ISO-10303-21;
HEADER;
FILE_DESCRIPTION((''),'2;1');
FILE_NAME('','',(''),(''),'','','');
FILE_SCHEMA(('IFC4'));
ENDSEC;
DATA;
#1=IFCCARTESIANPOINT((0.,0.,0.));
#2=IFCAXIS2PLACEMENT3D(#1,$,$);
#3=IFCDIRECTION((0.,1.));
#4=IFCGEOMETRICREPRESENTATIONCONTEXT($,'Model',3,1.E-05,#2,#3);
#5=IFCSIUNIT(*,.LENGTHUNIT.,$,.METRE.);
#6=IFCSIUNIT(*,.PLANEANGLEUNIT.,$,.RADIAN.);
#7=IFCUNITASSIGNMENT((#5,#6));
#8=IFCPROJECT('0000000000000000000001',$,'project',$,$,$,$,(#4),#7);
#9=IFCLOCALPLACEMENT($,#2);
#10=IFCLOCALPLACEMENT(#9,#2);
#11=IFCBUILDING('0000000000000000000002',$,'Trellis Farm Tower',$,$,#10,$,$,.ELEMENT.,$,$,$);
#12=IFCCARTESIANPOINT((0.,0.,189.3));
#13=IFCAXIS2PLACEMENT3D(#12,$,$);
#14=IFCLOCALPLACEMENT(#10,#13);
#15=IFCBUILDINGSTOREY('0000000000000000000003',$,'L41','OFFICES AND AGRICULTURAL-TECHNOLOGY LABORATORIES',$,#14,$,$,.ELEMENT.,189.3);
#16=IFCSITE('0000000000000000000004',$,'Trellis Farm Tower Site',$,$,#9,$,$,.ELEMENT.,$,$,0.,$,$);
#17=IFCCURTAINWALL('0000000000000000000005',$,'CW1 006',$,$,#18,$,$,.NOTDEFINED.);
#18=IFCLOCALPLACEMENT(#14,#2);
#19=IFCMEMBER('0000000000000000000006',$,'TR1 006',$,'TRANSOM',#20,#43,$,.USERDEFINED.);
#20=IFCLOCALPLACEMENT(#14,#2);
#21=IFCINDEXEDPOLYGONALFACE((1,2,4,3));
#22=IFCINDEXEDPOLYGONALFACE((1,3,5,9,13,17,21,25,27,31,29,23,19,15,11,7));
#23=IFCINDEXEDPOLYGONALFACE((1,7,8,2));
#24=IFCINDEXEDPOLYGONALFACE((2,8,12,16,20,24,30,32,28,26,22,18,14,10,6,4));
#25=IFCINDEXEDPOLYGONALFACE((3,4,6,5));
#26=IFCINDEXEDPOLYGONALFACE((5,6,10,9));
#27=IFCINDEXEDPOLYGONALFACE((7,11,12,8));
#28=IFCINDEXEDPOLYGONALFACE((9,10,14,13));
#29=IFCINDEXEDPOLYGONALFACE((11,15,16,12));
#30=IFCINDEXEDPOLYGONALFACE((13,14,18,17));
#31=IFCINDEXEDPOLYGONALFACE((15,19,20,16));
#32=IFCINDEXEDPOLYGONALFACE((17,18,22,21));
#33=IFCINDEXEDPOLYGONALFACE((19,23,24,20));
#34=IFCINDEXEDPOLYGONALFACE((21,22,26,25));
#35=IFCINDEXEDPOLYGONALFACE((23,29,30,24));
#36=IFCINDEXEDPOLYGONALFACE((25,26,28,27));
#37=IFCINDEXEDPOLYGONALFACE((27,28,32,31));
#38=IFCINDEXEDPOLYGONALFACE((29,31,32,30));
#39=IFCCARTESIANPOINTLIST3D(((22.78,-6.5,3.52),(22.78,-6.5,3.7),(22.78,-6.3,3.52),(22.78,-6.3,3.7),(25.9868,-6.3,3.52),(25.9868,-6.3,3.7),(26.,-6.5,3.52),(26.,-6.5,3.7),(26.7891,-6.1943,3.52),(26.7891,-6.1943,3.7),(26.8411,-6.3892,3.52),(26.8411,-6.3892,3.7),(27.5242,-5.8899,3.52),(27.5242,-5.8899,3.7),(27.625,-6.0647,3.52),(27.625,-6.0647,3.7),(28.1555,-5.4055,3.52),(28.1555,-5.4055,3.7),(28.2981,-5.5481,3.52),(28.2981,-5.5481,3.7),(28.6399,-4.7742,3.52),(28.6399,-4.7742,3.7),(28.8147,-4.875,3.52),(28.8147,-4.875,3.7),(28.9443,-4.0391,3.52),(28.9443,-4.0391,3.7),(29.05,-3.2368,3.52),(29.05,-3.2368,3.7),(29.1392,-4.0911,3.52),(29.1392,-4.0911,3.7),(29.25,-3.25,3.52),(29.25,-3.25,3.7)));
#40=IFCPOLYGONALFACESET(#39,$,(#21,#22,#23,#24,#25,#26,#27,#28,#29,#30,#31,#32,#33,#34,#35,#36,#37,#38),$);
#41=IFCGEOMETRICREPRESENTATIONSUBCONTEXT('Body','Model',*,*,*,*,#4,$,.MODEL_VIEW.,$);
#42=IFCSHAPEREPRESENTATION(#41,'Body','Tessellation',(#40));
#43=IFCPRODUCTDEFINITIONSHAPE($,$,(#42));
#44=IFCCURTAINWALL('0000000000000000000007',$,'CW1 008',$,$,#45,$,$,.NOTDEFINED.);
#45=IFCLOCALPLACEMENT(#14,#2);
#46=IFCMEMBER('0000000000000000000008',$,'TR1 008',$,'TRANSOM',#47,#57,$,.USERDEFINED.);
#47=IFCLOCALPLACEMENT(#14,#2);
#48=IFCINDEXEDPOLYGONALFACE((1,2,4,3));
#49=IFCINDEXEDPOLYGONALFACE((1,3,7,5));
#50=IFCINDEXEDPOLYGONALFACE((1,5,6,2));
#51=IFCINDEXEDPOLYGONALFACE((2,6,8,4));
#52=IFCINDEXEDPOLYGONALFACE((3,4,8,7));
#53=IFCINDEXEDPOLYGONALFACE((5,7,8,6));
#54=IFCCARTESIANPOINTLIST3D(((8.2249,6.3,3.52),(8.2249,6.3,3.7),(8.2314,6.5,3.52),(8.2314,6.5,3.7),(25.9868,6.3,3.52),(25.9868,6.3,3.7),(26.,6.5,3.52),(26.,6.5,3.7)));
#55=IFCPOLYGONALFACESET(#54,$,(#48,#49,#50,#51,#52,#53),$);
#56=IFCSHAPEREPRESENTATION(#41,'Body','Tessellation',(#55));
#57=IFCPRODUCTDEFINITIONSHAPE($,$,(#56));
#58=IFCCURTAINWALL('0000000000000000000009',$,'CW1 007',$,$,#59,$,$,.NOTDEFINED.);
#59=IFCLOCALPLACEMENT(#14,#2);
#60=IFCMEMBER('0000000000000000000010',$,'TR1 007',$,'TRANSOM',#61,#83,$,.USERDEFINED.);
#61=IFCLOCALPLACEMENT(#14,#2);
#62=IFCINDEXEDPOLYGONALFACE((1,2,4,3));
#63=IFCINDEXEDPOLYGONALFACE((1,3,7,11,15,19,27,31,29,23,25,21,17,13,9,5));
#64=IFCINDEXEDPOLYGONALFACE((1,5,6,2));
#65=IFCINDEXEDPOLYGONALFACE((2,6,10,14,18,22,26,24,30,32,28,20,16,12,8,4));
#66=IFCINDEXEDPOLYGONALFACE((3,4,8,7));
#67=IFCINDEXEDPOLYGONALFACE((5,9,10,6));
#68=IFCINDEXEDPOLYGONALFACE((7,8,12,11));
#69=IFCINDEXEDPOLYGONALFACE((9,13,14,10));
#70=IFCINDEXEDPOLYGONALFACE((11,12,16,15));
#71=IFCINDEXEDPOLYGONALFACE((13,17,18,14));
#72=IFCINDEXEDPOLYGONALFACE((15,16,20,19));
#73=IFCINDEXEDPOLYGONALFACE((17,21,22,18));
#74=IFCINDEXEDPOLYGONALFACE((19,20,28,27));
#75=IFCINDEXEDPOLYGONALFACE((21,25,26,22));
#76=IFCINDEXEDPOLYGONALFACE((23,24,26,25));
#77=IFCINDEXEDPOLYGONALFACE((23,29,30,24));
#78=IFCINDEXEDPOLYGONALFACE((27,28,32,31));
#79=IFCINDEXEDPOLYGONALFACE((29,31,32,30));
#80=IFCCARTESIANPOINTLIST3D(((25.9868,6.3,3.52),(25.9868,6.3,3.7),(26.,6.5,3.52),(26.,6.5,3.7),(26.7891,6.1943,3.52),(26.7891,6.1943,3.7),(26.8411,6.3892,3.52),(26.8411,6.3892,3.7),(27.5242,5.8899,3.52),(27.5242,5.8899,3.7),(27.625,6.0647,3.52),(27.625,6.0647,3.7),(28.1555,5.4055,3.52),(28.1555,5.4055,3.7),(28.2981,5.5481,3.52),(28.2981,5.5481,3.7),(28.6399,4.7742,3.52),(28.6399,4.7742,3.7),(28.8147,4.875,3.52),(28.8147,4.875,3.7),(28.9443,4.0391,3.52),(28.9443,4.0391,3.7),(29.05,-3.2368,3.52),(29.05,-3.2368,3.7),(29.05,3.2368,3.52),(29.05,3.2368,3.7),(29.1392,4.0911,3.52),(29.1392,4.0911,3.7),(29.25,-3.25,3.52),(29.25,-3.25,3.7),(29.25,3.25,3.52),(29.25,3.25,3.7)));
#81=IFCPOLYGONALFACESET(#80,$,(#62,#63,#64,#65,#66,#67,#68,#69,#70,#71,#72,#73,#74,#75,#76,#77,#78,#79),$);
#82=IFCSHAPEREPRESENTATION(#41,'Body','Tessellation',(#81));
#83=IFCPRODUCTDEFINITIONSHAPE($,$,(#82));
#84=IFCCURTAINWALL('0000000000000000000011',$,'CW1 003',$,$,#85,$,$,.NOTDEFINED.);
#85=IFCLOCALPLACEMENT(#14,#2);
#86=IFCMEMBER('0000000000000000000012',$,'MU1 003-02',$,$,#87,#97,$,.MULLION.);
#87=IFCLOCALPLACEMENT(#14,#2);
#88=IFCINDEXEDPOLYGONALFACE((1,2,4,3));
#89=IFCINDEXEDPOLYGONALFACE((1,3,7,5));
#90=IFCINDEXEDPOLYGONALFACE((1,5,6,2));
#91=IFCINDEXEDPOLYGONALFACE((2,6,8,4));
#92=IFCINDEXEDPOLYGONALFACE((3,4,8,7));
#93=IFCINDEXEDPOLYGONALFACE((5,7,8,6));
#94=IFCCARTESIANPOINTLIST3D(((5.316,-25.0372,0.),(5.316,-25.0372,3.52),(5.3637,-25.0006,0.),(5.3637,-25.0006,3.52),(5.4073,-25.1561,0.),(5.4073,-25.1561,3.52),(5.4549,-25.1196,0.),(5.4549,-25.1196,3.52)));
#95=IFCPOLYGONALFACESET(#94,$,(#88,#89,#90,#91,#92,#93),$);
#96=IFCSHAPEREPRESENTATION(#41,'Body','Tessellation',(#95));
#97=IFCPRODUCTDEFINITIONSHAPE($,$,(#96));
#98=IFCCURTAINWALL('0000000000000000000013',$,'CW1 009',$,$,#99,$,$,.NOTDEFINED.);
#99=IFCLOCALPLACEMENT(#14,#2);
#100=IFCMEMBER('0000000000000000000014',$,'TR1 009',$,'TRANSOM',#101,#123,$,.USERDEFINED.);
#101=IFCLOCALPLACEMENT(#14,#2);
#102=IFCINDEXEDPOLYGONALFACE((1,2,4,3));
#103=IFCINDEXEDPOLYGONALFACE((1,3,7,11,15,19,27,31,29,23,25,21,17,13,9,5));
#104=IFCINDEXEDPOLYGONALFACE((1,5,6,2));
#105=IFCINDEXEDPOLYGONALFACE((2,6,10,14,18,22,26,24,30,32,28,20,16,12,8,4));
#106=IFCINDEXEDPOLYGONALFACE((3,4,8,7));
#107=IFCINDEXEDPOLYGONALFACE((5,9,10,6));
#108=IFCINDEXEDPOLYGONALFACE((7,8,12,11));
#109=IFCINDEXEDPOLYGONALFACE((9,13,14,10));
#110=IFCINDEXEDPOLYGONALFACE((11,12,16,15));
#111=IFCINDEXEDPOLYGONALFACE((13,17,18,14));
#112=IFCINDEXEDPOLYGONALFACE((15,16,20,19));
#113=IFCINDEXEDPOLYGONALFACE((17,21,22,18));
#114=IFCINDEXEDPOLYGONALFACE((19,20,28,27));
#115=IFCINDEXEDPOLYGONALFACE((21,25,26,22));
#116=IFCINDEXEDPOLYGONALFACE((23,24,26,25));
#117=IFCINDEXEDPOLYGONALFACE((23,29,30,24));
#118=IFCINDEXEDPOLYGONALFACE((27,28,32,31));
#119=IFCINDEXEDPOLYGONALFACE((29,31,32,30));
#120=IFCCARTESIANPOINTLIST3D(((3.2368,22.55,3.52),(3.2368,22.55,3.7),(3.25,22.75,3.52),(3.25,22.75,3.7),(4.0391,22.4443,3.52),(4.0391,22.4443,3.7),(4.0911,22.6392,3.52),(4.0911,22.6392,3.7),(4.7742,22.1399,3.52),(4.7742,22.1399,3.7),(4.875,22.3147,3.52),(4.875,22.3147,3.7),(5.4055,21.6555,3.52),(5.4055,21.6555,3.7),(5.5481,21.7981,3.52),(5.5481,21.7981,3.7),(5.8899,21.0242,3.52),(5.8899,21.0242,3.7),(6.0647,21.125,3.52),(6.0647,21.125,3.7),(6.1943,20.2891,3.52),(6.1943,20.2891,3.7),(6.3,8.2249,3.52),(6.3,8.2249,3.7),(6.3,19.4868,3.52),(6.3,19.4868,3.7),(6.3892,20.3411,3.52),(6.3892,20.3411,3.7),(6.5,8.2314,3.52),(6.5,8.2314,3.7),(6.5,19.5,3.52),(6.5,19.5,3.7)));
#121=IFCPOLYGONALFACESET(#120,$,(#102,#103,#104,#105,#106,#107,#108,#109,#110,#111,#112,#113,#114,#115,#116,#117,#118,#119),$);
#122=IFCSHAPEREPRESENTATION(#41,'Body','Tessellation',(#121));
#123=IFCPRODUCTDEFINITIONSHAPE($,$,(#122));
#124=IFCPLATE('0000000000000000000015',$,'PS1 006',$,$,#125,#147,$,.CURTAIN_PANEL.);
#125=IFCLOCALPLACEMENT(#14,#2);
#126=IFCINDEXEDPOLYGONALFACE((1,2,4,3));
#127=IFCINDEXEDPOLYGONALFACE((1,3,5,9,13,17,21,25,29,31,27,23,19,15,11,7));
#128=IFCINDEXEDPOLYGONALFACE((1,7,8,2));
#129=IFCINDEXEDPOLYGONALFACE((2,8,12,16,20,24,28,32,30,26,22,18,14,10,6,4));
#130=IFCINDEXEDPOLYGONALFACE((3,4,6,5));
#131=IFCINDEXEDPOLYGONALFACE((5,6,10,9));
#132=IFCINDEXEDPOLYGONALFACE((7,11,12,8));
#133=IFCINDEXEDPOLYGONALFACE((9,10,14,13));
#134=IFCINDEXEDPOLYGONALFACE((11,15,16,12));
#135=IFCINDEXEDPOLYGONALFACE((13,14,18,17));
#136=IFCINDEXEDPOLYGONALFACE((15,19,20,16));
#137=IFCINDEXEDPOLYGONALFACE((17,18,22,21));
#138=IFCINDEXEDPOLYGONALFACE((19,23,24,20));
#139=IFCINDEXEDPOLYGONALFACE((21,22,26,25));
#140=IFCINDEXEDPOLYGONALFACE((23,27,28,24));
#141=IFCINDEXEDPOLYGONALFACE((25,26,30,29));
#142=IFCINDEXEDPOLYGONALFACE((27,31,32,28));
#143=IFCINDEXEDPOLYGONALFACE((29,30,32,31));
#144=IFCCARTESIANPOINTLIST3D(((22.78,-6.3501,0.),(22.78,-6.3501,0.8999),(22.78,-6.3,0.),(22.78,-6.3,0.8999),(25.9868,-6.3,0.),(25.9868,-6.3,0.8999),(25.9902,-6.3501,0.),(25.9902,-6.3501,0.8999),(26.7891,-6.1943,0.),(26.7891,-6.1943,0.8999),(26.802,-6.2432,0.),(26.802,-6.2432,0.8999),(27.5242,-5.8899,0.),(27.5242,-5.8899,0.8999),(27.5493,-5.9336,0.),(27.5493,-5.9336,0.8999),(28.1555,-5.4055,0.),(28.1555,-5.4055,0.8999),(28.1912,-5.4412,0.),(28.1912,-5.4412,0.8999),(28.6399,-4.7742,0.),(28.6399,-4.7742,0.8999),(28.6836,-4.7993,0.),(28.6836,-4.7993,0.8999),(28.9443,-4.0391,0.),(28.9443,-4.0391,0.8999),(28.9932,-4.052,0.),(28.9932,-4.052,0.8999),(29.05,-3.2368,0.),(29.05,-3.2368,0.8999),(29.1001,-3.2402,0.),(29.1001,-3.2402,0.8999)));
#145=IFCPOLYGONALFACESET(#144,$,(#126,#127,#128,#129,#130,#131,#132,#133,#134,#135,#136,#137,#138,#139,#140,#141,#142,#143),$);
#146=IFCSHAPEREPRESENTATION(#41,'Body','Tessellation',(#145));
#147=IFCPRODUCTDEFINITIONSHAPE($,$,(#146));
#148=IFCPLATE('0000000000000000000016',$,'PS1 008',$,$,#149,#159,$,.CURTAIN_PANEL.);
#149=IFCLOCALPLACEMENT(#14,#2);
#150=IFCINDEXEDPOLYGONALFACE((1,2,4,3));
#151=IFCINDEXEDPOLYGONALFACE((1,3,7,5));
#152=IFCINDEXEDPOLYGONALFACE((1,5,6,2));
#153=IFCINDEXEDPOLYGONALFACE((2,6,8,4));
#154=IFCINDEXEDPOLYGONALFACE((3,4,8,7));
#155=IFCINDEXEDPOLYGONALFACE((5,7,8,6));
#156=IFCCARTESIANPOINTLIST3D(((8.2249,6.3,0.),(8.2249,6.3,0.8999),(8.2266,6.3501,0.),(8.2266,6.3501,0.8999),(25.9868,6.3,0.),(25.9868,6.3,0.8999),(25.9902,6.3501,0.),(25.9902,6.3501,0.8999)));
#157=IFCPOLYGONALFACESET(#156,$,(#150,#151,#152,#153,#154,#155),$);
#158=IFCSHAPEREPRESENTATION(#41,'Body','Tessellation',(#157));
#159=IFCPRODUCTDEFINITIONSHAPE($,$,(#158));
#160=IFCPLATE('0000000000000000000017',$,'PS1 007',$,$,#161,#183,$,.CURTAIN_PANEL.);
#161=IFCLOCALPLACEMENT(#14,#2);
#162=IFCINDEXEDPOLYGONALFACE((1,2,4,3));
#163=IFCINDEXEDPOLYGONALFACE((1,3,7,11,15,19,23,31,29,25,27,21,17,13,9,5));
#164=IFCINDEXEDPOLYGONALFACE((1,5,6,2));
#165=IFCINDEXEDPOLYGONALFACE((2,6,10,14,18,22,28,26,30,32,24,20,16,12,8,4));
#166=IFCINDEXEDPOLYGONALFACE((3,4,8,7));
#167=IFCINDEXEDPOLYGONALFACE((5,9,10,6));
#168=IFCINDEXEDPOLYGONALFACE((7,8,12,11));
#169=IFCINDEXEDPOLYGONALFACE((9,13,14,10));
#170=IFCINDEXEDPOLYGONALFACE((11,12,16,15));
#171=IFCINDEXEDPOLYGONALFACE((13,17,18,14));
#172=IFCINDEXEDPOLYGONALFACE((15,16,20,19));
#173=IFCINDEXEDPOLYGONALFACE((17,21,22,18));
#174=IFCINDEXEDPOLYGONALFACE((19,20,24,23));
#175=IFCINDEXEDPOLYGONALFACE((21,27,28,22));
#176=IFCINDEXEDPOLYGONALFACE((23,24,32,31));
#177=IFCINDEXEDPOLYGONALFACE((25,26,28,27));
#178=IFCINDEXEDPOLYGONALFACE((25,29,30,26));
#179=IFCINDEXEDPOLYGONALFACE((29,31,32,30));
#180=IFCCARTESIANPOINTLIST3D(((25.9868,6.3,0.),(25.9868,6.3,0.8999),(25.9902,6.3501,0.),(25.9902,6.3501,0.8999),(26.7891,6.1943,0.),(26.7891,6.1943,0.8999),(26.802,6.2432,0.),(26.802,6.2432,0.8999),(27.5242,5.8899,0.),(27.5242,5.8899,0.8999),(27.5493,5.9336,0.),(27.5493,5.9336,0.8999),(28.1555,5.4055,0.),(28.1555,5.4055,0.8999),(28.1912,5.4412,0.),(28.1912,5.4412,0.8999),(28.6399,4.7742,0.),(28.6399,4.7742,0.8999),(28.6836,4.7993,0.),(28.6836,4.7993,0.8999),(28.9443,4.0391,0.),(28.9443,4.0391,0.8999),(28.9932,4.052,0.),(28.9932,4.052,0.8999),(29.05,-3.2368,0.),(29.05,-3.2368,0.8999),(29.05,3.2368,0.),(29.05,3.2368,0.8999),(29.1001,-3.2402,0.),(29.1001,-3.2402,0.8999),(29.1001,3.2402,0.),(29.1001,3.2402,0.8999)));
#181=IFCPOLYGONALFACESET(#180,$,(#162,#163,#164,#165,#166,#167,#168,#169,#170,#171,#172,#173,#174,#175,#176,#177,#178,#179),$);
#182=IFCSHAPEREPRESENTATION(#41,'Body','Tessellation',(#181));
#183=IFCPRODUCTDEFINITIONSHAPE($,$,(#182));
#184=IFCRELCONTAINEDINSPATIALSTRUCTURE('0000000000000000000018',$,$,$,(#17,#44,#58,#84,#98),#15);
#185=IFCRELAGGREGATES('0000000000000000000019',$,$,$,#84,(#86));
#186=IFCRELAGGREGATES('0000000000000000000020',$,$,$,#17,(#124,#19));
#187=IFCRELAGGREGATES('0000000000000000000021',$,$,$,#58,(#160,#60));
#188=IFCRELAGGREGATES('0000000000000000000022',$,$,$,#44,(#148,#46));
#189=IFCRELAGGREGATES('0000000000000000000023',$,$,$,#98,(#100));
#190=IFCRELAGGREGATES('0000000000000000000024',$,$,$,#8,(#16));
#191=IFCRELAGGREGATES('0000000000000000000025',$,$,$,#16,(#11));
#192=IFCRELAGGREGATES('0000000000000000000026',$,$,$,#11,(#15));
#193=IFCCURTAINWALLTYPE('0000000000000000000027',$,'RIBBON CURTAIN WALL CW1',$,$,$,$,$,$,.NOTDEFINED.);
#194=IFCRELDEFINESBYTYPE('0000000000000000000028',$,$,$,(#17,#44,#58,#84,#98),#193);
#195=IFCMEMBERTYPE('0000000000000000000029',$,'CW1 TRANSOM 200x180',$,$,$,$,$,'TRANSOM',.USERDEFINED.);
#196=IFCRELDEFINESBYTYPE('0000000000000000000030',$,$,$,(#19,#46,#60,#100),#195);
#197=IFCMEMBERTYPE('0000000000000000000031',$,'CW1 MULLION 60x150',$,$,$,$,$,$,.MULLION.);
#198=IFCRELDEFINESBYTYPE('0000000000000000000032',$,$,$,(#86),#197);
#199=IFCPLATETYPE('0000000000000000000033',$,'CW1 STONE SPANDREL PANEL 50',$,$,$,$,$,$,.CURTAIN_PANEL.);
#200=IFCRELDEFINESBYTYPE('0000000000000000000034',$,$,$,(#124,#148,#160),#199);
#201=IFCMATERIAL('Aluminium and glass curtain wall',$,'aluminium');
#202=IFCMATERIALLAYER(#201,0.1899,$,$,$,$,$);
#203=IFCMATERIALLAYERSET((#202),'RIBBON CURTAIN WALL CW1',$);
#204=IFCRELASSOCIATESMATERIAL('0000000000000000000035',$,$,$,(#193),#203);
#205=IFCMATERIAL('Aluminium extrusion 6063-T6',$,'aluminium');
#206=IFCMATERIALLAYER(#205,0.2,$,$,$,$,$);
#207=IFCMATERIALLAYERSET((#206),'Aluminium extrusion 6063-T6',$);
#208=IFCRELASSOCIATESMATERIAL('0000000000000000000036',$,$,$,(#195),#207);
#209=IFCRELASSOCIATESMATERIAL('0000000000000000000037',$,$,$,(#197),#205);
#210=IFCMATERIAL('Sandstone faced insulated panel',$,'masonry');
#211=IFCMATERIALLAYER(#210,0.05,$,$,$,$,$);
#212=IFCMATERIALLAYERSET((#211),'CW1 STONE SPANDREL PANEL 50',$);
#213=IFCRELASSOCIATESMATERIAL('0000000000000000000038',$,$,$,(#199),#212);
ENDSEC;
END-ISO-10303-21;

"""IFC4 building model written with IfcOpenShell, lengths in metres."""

from ifc_helpers import new_model, si_unit, direction, frame, origin, origin_2d, place, context, subcontext, project, spatial, polyline, rectangle, outline, extrude, source, transform, mapped, material, layer, layer_set, material_profile, profile_set, type_object, element, aggregate, save


model = new_model("IFC4")

# Units and contexts
model_context = context("Model", 3, precision=1e-05, world=origin(), true_north=direction((0.0, 1.0)))
body_context = subcontext(model_context, "Body", "Model", "MODEL_VIEW")
ifc_project = project(units=[si_unit("LENGTHUNIT", "METRE"), si_unit("PLANEANGLEUNIT", "RADIAN")], contexts=[model_context])

# Site, building, storey
site_placement = place(None, origin())
site = spatial("IfcSite", under=ifc_project, at=site_placement, Name="Trellis Farm Tower Site", CompositionType="ELEMENT", RefElevation=0.0)
building_placement = place(site_placement, origin())
building = spatial("IfcBuilding", under=site, at=building_placement, Name="Trellis Farm Tower", CompositionType="ELEMENT")
storey_placement = place(building_placement, frame((0.0, 0.0, 189.3)))
storey = spatial("IfcBuildingStorey", under=building, at=storey_placement, Name="L41", Description="OFFICES AND AGRICULTURAL-TECHNOLOGY LABORATORIES", CompositionType="ELEMENT", Elevation=189.3)

# Curtain walls, members
ifc_material_1 = material(Name="Aluminium and glass curtain wall", Category="aluminium")
placement_1 = place(storey_placement, origin())
ifc_material_2 = material(Name="Aluminium extrusion 6063-T6", Category="aluminium")
ifc_layer_1 = layer(ifc_material_1, 0.1899)
ifc_layer_set_1 = layer_set([ifc_layer_1], Name="RIBBON CURTAIN WALL CW1")
curtain_wall_type_1 = type_object("IfcCurtainWallType", Name="RIBBON CURTAIN WALL CW1", PredefinedType="NOTDEFINED", material=ifc_layer_set_1)
curtain_wall_1 = element("IfcCurtainWall", 1, at=placement_1, inside=storey, type_object=curtain_wall_type_1, Name="CW1 006", PredefinedType="NOTDEFINED")
ifc_layer_2 = layer(ifc_material_2, 0.2)
ifc_layer_set_2 = layer_set([ifc_layer_2], Name="Aluminium extrusion 6063-T6")
member_type_1 = type_object("IfcMemberType", Name="CW1 TRANSOM 200x180", ElementType="TRANSOM", PredefinedType="USERDEFINED", material=ifc_layer_set_2)
shared_shape_1 = source(origin(), body_context, "Body", "SweptSolid", [
    extrude(outline(polyline([(22.78, -6.5), (26.0, -6.5), (26.8411, -6.3892), (27.625, -6.0647), (28.2981, -5.5481), (28.8147, -4.875), (29.1392, -4.0911), (29.25, -3.25), (29.05, -3.2368), (28.9443, -4.0391), (28.6399, -4.7742), (28.1555, -5.4055), (27.5242, -5.8899), (26.7891, -6.1943), (25.9868, -6.3), (22.78, -6.3), (22.78, -6.5)])), origin(), (0.0, 0.0, 1.0), 0.1799),
])
placement_2 = place(storey_placement, frame((0.0, 0.0, 3.52)))
member_1 = element("IfcMember", 2, at=placement_2, type_object=member_type_1, Name="TR1 006", ObjectType="TRANSOM", PredefinedType="USERDEFINED", context=body_context, shape_type="MappedRepresentation", body=[
    mapped(shared_shape_1, transform((0.0, 0.0, 0.0))),
])
curtain_wall_2 = element("IfcCurtainWall", 3, at=placement_1, inside=storey, type_object=curtain_wall_type_1, Name="CW1 008", PredefinedType="NOTDEFINED")
shared_shape_2 = source(origin(), body_context, "Body", "SweptSolid", [
    extrude(outline(polyline([(26.0, 6.5), (8.2314, 6.5), (8.2249, 6.3), (25.9868, 6.3), (26.0, 6.5)])), origin(), (0.0, 0.0, 1.0), 0.1799),
])
member_2 = element("IfcMember", 4, at=placement_2, type_object=member_type_1, Name="TR1 008", ObjectType="TRANSOM", PredefinedType="USERDEFINED", context=body_context, shape_type="MappedRepresentation", body=[
    mapped(shared_shape_2, transform((0.0, 0.0, 0.0))),
])
curtain_wall_3 = element("IfcCurtainWall", 5, at=placement_1, inside=storey, type_object=curtain_wall_type_1, Name="CW1 007", PredefinedType="NOTDEFINED")
shared_shape_3 = source(origin(), body_context, "Body", "SweptSolid", [
    extrude(outline(polyline([(29.25, -3.25), (29.25, 3.25), (29.1392, 4.0911), (28.8147, 4.875), (28.2981, 5.5481), (27.625, 6.0647), (26.8411, 6.3892), (26.0, 6.5), (25.9868, 6.3), (26.7891, 6.1943), (27.5242, 5.8899), (28.1555, 5.4055), (28.6399, 4.7742), (28.9443, 4.0391), (29.05, 3.2368), (29.05, -3.2368), (29.25, -3.25)])), origin(), (0.0, 0.0, 1.0), 0.1799),
])
member_3 = element("IfcMember", 6, at=placement_2, type_object=member_type_1, Name="TR1 007", ObjectType="TRANSOM", PredefinedType="USERDEFINED", context=body_context, shape_type="MappedRepresentation", body=[
    mapped(shared_shape_3, transform((0.0, 0.0, 0.0))),
])
curtain_wall_4 = element("IfcCurtainWall", 7, at=placement_1, inside=storey, type_object=curtain_wall_type_1, Name="CW1 003", PredefinedType="NOTDEFINED")
ifc_material_profile_1 = material_profile(ifc_material_2, rectangle(XDim=0.0601, YDim=0.1499, at=origin_2d()), Name="MULLION 60x150")
ifc_profile_set_1 = profile_set([ifc_material_profile_1], Name="Aluminium extrusion 6063-T6")
member_type_2 = type_object("IfcMemberType", Name="CW1 MULLION 60x150", PredefinedType="MULLION", material=ifc_profile_set_1)
shared_shape_4 = source(origin(), body_context, "Body", "SweptSolid", [
    extrude(rectangle(XDim=0.0601, YDim=0.1499, at=origin_2d()), origin(), (0.0, 0.0, 1.0), 3.52),
])
member_4_placement = place(storey_placement, frame((5.3855, -25.0784, 0.0), z_axis=(0.0, 0.0, 1.0), x_axis=(0.793353, 0.608761, 0.0)))
member_4 = element("IfcMember", 8, at=member_4_placement, type_object=member_type_2, Name="MU1 003-02", PredefinedType="MULLION", context=body_context, shape_type="MappedRepresentation", body=[
    mapped(shared_shape_4, transform((0.0, 0.0, 0.0))),
])
aggregate(curtain_wall_4, [member_4])
curtain_wall_5 = element("IfcCurtainWall", 9, at=placement_1, inside=storey, type_object=curtain_wall_type_1, Name="CW1 009", PredefinedType="NOTDEFINED")
shared_shape_5 = source(origin(), body_context, "Body", "SweptSolid", [
    extrude(outline(polyline([(6.5, 8.2314), (6.5, 19.5), (6.3892, 20.3411), (6.0647, 21.125), (5.5481, 21.7981), (4.875, 22.3147), (4.0911, 22.6392), (3.25, 22.75), (3.2368, 22.55), (4.0391, 22.4443), (4.7742, 22.1399), (5.4055, 21.6555), (5.8899, 21.0242), (6.1943, 20.2891), (6.3, 19.4868), (6.3, 8.2249), (6.5, 8.2314)])), origin(), (0.0, 0.0, 1.0), 0.1799),
])
member_5 = element("IfcMember", 10, at=placement_2, type_object=member_type_1, Name="TR1 009", ObjectType="TRANSOM", PredefinedType="USERDEFINED", context=body_context, shape_type="MappedRepresentation", body=[
    mapped(shared_shape_5, transform((0.0, 0.0, 0.0))),
])

# Plates
ifc_material_3 = material(Name="Sandstone faced insulated panel", Category="masonry")
ifc_layer_3 = layer(ifc_material_3, 0.05)
ifc_layer_set_3 = layer_set([ifc_layer_3], Name="CW1 STONE SPANDREL PANEL 50")
plate_type_1 = type_object("IfcPlateType", Name="CW1 STONE SPANDREL PANEL 50", PredefinedType="CURTAIN_PANEL", material=ifc_layer_set_3)
shared_shape_6 = source(origin(), body_context, "Body", "SweptSolid", [
    extrude(outline(polyline([(22.78, -6.3501), (25.9902, -6.3501), (26.802, -6.2432), (27.5493, -5.9336), (28.1912, -5.4412), (28.6836, -4.7993), (28.9932, -4.052), (29.1001, -3.2402), (29.05, -3.2368), (28.9443, -4.0391), (28.6399, -4.7742), (28.1555, -5.4055), (27.5242, -5.8899), (26.7891, -6.1943), (25.9868, -6.3), (22.78, -6.3), (22.78, -6.3501)])), origin(), (0.0, 0.0, 1.0), 0.8999),
])
plate_1 = element("IfcPlate", 11, at=placement_1, type_object=plate_type_1, Name="PS1 006", PredefinedType="CURTAIN_PANEL", context=body_context, shape_type="MappedRepresentation", body=[
    mapped(shared_shape_6, transform((0.0, 0.0, 0.0))),
])
shared_shape_7 = source(origin(), body_context, "Body", "SweptSolid", [
    extrude(outline(polyline([(25.9902, 6.3501), (8.2266, 6.3501), (8.2249, 6.3), (25.9868, 6.3), (25.9902, 6.3501)])), origin(), (0.0, 0.0, 1.0), 0.8999),
])
plate_2 = element("IfcPlate", 12, at=placement_1, type_object=plate_type_1, Name="PS1 008", PredefinedType="CURTAIN_PANEL", context=body_context, shape_type="MappedRepresentation", body=[
    mapped(shared_shape_7, transform((0.0, 0.0, 0.0))),
])
shared_shape_8 = source(origin(), body_context, "Body", "SweptSolid", [
    extrude(outline(polyline([(29.1001, -3.2402), (29.1001, 3.2402), (28.9932, 4.052), (28.6836, 4.7993), (28.1912, 5.4412), (27.5493, 5.9336), (26.802, 6.2432), (25.9902, 6.3501), (25.9868, 6.3), (26.7891, 6.1943), (27.5242, 5.8899), (28.1555, 5.4055), (28.6399, 4.7742), (28.9443, 4.0391), (29.05, 3.2368), (29.05, -3.2368), (29.1001, -3.2402)])), origin(), (0.0, 0.0, 1.0), 0.8999),
])
plate_3 = element("IfcPlate", 13, at=placement_1, type_object=plate_type_1, Name="PS1 007", PredefinedType="CURTAIN_PANEL", context=body_context, shape_type="MappedRepresentation", body=[
    mapped(shared_shape_8, transform((0.0, 0.0, 0.0))),
])
aggregate(curtain_wall_1, [plate_1, member_1])
aggregate(curtain_wall_3, [plate_3, member_3])
aggregate(curtain_wall_2, [plate_2, member_2])
aggregate(curtain_wall_5, [member_5])

save(model, "model.ifc")
